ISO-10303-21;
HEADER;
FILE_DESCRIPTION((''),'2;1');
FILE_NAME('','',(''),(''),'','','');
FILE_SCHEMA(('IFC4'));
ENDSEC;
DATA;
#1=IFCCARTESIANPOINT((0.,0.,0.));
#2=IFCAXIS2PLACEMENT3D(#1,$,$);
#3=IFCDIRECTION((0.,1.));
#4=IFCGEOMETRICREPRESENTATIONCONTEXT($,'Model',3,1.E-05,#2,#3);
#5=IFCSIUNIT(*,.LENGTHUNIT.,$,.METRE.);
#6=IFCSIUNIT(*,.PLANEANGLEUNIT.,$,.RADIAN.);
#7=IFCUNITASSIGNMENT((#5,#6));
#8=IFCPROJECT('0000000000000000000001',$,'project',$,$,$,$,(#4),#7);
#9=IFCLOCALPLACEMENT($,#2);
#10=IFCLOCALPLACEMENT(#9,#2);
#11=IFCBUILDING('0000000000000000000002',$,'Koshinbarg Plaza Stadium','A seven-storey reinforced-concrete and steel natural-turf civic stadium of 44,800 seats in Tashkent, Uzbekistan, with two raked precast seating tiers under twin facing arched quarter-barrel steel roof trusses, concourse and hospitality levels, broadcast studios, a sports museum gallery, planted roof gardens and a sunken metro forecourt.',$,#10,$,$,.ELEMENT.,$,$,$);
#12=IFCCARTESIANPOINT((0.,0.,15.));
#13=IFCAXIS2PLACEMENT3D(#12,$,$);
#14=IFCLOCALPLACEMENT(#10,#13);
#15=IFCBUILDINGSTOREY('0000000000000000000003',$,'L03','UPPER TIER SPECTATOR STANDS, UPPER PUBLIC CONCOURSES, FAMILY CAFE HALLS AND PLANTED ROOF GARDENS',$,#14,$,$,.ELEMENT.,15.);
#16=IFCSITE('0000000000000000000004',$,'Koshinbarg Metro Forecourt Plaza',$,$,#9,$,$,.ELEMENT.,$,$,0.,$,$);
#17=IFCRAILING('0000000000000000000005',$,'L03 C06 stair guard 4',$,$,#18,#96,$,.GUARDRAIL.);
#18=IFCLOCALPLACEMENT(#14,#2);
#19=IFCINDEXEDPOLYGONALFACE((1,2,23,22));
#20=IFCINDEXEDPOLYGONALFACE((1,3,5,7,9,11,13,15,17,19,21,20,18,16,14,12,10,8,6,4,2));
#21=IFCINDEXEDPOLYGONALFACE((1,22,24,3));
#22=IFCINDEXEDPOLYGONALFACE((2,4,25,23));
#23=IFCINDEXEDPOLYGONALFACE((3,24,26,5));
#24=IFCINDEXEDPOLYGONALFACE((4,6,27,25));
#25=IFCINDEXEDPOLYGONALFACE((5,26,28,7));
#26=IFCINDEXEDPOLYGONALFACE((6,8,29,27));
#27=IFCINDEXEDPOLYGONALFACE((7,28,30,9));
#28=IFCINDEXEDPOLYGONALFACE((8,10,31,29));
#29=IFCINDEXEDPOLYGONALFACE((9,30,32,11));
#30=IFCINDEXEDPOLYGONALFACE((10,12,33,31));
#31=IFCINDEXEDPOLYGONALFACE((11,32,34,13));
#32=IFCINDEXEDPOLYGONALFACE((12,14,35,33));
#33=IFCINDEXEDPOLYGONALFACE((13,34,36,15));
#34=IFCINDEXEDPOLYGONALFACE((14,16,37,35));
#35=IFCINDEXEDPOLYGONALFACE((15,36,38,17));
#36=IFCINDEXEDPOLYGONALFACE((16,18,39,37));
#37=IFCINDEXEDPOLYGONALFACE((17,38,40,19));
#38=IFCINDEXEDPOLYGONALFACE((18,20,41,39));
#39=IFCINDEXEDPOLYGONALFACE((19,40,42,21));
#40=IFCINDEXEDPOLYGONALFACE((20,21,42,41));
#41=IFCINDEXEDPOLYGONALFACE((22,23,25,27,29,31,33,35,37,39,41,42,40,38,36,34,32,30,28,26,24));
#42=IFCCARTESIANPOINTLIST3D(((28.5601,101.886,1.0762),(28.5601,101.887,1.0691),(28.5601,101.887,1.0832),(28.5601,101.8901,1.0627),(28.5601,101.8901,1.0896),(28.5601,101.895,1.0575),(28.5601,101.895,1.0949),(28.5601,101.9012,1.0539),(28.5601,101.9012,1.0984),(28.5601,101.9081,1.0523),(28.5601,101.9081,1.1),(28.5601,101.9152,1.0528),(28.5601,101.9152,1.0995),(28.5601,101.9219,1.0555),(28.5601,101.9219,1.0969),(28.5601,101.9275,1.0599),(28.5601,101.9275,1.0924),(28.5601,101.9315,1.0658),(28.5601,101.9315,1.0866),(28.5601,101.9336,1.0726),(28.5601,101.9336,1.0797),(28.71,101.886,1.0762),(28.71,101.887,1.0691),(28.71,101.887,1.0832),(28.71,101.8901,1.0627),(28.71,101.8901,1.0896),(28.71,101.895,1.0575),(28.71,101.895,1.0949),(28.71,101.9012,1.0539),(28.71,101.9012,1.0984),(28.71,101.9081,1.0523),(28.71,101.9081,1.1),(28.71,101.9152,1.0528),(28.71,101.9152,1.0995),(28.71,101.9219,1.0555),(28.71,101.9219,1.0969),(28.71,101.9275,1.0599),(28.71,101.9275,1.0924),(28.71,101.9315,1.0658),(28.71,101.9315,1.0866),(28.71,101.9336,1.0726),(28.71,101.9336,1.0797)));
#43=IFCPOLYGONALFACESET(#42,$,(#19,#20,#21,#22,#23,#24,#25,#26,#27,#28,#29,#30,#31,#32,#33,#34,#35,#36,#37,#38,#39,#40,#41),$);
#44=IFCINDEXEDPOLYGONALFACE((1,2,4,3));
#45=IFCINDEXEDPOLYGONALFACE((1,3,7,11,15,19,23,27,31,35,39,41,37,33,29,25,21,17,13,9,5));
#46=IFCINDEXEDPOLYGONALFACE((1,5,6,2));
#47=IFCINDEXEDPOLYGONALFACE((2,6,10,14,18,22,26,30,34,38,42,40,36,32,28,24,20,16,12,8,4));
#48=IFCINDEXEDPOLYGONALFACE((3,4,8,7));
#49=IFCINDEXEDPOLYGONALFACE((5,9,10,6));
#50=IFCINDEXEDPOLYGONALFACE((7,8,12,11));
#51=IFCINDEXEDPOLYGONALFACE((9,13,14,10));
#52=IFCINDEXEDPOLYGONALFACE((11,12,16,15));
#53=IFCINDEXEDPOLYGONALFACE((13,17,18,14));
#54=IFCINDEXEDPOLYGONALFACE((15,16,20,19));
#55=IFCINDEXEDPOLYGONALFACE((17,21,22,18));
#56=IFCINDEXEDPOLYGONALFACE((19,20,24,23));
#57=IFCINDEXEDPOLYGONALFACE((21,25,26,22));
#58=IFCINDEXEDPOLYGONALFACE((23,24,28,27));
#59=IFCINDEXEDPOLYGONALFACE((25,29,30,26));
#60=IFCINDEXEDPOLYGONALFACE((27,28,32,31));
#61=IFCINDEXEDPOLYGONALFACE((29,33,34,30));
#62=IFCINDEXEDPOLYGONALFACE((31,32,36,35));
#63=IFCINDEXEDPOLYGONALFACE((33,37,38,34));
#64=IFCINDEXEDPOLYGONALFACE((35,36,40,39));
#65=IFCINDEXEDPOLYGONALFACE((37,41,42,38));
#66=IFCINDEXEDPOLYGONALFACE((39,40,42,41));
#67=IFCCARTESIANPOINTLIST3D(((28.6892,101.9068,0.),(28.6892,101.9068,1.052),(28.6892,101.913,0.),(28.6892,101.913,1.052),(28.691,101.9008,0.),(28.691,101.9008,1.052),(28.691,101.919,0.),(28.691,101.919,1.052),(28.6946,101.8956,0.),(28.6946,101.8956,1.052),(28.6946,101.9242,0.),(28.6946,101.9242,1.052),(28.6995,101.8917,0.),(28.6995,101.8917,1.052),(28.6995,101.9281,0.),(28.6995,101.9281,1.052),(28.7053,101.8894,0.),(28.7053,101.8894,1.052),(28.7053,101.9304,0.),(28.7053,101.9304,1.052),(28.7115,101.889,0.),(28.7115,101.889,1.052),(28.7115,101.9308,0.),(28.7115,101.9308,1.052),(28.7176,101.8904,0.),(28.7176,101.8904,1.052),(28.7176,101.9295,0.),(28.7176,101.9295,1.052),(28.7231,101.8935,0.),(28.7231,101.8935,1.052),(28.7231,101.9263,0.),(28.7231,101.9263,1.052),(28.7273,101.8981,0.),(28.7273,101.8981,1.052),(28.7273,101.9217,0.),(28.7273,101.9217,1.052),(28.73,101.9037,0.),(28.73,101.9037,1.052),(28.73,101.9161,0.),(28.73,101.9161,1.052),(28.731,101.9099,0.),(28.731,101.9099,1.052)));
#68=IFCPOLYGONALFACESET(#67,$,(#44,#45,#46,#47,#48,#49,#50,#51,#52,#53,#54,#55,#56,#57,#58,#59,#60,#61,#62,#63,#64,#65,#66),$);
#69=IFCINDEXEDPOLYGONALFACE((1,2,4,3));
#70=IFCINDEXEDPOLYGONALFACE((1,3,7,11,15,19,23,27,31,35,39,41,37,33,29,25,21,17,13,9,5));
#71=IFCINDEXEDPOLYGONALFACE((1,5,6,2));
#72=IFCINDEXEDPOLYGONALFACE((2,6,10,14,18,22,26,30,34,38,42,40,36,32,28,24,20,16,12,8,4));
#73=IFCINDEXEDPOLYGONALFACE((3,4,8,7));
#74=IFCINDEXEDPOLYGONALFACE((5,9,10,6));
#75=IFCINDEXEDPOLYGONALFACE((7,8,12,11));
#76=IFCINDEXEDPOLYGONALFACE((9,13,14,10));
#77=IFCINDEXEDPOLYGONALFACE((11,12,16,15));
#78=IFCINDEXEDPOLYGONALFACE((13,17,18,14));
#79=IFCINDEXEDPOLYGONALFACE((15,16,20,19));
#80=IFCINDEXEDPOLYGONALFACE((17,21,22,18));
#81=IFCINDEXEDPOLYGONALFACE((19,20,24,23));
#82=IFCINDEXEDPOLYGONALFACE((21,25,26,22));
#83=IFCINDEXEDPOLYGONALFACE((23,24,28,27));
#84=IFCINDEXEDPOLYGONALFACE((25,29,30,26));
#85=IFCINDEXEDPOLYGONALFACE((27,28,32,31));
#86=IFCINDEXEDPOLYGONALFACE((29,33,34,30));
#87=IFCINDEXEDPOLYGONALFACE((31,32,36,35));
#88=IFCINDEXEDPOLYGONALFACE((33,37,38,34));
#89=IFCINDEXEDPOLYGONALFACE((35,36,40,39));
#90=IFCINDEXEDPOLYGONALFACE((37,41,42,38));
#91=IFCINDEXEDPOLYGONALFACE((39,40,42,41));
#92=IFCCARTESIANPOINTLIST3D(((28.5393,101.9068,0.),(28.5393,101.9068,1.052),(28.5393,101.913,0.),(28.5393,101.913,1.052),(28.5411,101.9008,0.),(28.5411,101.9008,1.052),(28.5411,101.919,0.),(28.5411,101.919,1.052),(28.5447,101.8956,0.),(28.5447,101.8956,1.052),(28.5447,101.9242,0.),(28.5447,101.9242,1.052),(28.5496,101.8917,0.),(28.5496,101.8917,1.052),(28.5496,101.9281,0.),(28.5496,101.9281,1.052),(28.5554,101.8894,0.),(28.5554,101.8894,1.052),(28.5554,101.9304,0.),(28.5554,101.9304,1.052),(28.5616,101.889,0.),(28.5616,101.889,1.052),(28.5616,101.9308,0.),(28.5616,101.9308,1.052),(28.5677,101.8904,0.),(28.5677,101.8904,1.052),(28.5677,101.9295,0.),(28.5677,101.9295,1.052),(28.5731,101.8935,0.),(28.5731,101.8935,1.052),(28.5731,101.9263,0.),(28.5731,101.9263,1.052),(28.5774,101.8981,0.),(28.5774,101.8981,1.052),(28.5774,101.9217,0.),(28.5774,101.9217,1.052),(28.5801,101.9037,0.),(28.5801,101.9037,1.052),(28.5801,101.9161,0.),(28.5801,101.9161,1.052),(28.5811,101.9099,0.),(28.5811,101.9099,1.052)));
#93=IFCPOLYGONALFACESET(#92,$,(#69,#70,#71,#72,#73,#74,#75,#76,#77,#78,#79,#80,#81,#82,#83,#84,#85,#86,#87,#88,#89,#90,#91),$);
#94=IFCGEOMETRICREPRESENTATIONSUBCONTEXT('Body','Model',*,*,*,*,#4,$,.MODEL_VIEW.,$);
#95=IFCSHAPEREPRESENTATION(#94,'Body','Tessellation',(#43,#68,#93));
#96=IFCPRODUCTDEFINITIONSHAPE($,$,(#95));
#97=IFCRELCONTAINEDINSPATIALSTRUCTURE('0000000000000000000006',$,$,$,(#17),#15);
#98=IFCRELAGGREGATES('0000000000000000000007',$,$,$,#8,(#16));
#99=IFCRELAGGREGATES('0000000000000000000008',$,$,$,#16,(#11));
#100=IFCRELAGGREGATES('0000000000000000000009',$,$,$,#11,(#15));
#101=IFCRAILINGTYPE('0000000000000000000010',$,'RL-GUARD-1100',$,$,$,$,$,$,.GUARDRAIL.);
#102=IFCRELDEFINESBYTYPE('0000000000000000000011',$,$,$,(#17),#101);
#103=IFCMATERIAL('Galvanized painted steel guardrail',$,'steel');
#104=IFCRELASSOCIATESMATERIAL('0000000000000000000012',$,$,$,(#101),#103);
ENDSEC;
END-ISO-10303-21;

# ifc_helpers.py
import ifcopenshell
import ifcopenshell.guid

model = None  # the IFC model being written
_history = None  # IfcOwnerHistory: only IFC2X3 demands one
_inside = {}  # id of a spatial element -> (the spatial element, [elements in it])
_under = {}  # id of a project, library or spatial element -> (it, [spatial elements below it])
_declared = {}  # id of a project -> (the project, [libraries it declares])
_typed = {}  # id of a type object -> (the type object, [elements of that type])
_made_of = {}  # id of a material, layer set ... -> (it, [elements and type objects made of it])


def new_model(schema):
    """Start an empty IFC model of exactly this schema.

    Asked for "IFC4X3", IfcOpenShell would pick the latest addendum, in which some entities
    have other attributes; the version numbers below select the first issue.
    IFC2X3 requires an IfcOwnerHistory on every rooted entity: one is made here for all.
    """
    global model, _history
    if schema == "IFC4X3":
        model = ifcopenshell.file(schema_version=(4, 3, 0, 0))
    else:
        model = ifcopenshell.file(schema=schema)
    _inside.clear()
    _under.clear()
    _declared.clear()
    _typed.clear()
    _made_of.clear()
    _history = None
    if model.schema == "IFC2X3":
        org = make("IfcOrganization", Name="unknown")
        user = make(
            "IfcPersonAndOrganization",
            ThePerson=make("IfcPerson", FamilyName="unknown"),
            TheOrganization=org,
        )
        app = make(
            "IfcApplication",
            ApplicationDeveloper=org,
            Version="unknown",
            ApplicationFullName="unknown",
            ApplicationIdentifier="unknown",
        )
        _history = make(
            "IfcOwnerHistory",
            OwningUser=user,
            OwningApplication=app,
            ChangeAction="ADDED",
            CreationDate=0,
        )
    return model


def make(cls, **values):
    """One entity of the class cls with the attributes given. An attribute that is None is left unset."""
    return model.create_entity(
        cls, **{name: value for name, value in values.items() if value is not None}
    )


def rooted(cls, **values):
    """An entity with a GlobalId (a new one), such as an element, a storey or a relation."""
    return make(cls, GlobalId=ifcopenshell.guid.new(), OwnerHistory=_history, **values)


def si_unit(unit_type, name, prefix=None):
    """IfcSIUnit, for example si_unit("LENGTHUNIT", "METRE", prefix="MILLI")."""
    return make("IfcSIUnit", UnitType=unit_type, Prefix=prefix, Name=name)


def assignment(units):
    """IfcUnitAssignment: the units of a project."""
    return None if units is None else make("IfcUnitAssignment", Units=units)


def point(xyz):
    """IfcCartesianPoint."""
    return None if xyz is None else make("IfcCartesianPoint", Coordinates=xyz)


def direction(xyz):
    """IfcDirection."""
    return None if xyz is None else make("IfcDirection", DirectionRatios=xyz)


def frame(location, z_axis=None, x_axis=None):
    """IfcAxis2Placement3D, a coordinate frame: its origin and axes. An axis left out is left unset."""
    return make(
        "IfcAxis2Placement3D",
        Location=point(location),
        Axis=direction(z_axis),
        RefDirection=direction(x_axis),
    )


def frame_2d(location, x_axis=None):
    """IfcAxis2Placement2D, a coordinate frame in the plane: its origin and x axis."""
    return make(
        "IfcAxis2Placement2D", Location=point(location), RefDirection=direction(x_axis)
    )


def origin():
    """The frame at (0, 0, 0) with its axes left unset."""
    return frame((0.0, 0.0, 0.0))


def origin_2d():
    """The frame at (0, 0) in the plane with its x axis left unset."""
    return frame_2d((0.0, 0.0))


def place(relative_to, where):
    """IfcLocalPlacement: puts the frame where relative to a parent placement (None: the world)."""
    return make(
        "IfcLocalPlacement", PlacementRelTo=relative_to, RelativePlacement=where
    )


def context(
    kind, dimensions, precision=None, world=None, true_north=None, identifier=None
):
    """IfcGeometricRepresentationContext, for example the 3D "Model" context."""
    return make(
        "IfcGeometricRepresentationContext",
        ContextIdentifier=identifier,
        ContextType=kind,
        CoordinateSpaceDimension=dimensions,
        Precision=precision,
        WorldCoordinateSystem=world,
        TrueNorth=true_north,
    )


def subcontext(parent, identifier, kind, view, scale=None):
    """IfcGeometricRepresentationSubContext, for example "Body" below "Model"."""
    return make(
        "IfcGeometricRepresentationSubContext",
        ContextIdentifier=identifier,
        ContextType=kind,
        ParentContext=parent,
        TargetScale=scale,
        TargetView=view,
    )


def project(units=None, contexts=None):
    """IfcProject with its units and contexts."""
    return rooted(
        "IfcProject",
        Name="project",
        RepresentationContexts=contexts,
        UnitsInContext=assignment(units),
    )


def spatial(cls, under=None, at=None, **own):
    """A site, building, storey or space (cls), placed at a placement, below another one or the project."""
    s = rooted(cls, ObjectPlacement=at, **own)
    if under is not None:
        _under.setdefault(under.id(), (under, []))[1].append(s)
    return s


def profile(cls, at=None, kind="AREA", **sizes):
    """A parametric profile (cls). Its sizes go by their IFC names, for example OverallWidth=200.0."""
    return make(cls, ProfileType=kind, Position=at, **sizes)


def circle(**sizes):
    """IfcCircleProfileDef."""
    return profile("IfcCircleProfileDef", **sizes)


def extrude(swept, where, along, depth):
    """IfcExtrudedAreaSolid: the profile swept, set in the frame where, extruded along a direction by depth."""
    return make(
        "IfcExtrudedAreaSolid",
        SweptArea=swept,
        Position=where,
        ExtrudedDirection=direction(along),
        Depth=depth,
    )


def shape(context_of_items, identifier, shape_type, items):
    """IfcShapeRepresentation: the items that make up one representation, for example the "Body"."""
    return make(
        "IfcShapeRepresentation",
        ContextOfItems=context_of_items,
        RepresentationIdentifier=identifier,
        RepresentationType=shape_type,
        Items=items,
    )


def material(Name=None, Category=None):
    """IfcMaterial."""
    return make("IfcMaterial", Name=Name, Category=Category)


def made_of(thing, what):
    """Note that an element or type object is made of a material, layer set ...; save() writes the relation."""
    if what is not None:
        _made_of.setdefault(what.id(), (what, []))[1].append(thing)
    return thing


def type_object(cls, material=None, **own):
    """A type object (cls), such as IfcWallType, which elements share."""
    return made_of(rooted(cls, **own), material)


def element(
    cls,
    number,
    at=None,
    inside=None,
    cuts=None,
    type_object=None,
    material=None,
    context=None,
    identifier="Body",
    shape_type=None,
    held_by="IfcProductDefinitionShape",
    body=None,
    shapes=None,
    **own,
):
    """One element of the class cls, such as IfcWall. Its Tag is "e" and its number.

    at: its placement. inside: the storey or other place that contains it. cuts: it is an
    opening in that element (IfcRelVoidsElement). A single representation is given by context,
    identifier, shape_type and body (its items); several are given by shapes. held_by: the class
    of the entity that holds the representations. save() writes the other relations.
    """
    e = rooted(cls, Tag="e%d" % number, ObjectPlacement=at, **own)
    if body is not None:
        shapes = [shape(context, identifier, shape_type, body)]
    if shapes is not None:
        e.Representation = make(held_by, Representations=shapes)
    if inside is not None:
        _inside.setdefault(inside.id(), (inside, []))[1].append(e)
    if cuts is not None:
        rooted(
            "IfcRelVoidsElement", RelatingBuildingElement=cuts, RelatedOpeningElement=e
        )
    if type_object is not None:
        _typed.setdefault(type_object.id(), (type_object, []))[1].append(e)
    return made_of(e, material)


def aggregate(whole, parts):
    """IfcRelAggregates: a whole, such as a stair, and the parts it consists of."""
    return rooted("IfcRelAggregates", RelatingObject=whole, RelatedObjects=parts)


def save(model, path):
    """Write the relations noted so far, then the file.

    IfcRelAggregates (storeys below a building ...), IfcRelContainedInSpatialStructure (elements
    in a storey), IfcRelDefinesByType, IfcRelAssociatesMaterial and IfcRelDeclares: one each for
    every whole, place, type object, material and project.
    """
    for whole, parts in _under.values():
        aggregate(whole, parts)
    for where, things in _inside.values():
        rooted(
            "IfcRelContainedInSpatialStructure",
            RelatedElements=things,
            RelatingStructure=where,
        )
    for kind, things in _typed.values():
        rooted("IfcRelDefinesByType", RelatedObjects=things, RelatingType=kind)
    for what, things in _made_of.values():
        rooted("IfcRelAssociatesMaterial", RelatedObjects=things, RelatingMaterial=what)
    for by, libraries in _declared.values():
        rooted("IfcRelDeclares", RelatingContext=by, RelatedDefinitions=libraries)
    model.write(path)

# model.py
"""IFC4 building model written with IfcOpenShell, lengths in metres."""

from ifc_helpers import new_model, si_unit, direction, frame, origin, origin_2d, place, context, subcontext, project, spatial, circle, extrude, material, type_object, element, save


model = new_model("IFC4")

# Units and contexts
model_context = context("Model", 3, precision=1e-05, world=origin(), true_north=direction((0.0, 1.0)))
body_context = subcontext(model_context, "Body", "Model", "MODEL_VIEW")
ifc_project = project(units=[si_unit("LENGTHUNIT", "METRE"), si_unit("PLANEANGLEUNIT", "RADIAN")], contexts=[model_context])

# Site, building, storey
site_placement = place(None, origin())
site = spatial("IfcSite", under=ifc_project, at=site_placement, Name="Koshinbarg Metro Forecourt Plaza", CompositionType="ELEMENT", RefElevation=0.0)
building_placement = place(site_placement, origin())
building = spatial("IfcBuilding", under=site, at=building_placement, Name="Koshinbarg Plaza Stadium", Description="A seven-storey reinforced-concrete and steel natural-turf civic stadium of 44,800 seats in Tashkent, Uzbekistan, with two raked precast seating tiers under twin facing arched quarter-barrel steel roof trusses, concourse and hospitality levels, broadcast studios, a sports museum gallery, planted roof gardens and a sunken metro forecourt.", CompositionType="ELEMENT")
storey_placement = place(building_placement, frame((0.0, 0.0, 15.0)))
storey = spatial("IfcBuildingStorey", under=building, at=storey_placement, Name="L03", Description="UPPER TIER SPECTATOR STANDS, UPPER PUBLIC CONCOURSES, FAMILY CAFE HALLS AND PLANTED ROOF GARDENS", CompositionType="ELEMENT", Elevation=15.0)

# Railing
ifc_material_1 = material(Name="Galvanized painted steel guardrail", Category="steel")
railing_type_1 = type_object("IfcRailingType", Name="RL-GUARD-1100", PredefinedType="GUARDRAIL", material=ifc_material_1)
railing_1_placement = place(storey_placement, frame((28.71, 101.9099, 0.0)))
element("IfcRailing", 1, at=railing_1_placement, inside=storey, type_object=railing_type_1, Name="L03 C06 stair guard 4", PredefinedType="GUARDRAIL", context=body_context, shape_type="SweptSolid", body=[
    extrude(circle(Radius=0.0239, at=origin_2d()), frame((0.0, 0.0, 1.0762), z_axis=(-1.0, 0.0, 0.0), x_axis=(0.0, -1.0, 0.0)), (0.0, 0.0, 1.0), 0.1499),
    extrude(circle(Radius=0.021, at=origin_2d()), origin(), (0.0, 0.0, 1.0), 1.052),
    extrude(circle(Radius=0.021, at=origin_2d()), frame((-0.1499, 0.0, 0.0)), (0.0, 0.0, 1.0), 1.052),
])

save(model, "model.ifc")
